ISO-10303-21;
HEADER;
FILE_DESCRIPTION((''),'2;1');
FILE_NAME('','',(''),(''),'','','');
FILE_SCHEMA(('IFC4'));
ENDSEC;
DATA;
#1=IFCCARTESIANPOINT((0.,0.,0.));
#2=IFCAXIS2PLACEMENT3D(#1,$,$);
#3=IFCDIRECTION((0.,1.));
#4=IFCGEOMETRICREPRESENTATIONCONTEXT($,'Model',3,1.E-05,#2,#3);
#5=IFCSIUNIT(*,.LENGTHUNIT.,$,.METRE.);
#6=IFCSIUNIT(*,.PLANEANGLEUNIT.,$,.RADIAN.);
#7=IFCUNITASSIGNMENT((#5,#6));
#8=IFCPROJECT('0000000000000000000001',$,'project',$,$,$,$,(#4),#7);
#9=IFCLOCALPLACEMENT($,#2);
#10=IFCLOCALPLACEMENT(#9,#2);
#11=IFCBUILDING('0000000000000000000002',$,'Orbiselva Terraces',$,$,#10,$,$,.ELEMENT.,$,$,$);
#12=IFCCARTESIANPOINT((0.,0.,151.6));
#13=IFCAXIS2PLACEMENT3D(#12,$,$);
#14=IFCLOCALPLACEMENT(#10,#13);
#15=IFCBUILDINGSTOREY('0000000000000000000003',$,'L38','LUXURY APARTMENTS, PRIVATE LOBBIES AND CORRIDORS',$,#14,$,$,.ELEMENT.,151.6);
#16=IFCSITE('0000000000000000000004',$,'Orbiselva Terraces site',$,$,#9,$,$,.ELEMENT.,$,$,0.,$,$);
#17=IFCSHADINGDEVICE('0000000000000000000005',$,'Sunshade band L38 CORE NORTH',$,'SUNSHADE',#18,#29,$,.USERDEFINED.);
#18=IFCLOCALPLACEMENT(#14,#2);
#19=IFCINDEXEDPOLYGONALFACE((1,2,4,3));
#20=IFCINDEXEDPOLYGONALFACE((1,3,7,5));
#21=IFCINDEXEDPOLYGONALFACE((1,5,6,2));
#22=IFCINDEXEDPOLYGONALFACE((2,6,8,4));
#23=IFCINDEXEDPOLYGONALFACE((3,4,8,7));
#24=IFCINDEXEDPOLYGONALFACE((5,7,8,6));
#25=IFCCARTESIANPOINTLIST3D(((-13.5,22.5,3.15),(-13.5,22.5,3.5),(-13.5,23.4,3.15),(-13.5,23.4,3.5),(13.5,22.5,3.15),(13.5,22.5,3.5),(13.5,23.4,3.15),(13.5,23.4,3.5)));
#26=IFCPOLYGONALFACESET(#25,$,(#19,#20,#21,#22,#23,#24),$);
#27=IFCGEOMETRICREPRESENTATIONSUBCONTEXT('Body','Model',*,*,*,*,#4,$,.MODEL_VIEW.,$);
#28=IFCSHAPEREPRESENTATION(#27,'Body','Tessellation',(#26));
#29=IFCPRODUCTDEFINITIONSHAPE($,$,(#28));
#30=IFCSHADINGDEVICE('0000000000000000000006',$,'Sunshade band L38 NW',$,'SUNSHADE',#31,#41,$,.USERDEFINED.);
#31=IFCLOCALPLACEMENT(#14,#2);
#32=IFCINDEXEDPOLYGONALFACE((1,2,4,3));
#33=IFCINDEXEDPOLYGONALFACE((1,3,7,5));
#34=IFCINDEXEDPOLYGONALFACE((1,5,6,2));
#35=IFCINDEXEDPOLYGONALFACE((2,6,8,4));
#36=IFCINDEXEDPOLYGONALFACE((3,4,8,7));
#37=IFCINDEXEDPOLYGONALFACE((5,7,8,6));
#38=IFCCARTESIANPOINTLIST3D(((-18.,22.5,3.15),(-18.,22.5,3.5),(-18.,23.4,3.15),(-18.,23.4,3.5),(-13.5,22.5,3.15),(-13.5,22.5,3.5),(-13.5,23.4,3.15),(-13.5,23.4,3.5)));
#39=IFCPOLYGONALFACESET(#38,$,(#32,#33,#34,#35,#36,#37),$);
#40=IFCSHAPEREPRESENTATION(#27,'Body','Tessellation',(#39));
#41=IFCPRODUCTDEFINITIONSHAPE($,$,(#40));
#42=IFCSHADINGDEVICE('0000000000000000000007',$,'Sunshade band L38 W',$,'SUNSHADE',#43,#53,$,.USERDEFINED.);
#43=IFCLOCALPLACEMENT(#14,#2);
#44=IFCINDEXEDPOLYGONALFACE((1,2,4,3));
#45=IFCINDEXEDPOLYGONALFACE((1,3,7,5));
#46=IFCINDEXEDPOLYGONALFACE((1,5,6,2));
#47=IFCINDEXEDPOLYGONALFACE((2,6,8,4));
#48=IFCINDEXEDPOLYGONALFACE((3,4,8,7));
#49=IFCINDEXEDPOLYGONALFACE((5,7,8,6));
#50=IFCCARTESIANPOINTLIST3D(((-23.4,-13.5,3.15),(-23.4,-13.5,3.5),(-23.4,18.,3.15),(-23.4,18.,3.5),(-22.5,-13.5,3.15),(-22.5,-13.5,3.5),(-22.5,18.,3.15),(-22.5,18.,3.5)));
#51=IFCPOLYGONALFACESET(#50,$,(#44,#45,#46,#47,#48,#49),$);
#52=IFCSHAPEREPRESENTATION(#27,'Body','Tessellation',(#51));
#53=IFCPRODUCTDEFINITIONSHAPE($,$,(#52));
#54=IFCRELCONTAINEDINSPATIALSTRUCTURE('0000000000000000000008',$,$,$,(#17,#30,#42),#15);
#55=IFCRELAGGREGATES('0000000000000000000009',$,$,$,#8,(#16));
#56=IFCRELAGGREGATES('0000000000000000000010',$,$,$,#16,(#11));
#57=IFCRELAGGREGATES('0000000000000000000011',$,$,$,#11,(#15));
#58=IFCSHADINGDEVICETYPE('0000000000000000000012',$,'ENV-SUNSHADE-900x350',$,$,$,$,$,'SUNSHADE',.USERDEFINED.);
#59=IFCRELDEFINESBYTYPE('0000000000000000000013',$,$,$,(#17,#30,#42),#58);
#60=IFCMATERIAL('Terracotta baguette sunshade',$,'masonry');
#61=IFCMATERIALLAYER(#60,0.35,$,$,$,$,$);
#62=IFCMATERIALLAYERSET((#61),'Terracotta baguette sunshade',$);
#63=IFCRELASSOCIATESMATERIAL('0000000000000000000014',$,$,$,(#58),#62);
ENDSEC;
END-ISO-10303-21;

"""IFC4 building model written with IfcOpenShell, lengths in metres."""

from ifc_helpers import new_model, si_unit, direction, frame, origin, place, context, subcontext, project, spatial, polyline, outline, extrude, material, layer, layer_set, type_object, element, save


model = new_model("IFC4")

# Units and contexts
model_context = context("Model", 3, precision=1e-05, world=origin(), true_north=direction((0.0, 1.0)))
body_context = subcontext(model_context, "Body", "Model", "MODEL_VIEW")
ifc_project = project(units=[si_unit("LENGTHUNIT", "METRE"), si_unit("PLANEANGLEUNIT", "RADIAN")], contexts=[model_context])

# Site, building, storey
site_placement = place(None, origin())
site = spatial("IfcSite", under=ifc_project, at=site_placement, Name="Orbiselva Terraces site", CompositionType="ELEMENT", RefElevation=0.0)
building_placement = place(site_placement, origin())
building = spatial("IfcBuilding", under=site, at=building_placement, Name="Orbiselva Terraces", CompositionType="ELEMENT")
storey_placement = place(building_placement, frame((0.0, 0.0, 151.6)))
storey = spatial("IfcBuildingStorey", under=building, at=storey_placement, Name="L38", Description="LUXURY APARTMENTS, PRIVATE LOBBIES AND CORRIDORS", CompositionType="ELEMENT", Elevation=151.6)

# Shading devices
ifc_material_1 = material(Name="Terracotta baguette sunshade", Category="masonry")
ifc_layer_1 = layer(ifc_material_1, 0.35)
ifc_layer_set_1 = layer_set([ifc_layer_1], Name="Terracotta baguette sunshade")
shading_device_type_1 = type_object("IfcShadingDeviceType", Name="ENV-SUNSHADE-900x350", ElementType="SUNSHADE", PredefinedType="USERDEFINED", material=ifc_layer_set_1)
shading_device_1_placement = place(storey_placement, frame((0.0, 0.0, 3.15)))
element("IfcShadingDevice", 1, at=shading_device_1_placement, inside=storey, type_object=shading_device_type_1, Name="Sunshade band L38 CORE NORTH", ObjectType="SUNSHADE", PredefinedType="USERDEFINED", context=body_context, shape_type="SweptSolid", body=[
    extrude(outline(polyline([(13.5, 23.4), (-13.5, 23.4), (-13.5, 22.5), (13.5, 22.5), (13.5, 23.4)])), origin(), (0.0, 0.0, 1.0), 0.35),
])
shading_device_2_placement = place(storey_placement, frame((0.0, 0.0, 3.15)))
element("IfcShadingDevice", 2, at=shading_device_2_placement, inside=storey, type_object=shading_device_type_1, Name="Sunshade band L38 NW", ObjectType="SUNSHADE", PredefinedType="USERDEFINED", context=body_context, shape_type="SweptSolid", body=[
    extrude(outline(polyline([(-13.5, 23.4), (-18.0, 23.4), (-18.0, 22.5), (-13.5, 22.5), (-13.5, 23.4)])), origin(), (0.0, 0.0, 1.0), 0.35),
])
shading_device_3_placement = place(storey_placement, frame((0.0, 0.0, 3.15)))
element("IfcShadingDevice", 3, at=shading_device_3_placement, inside=storey, type_object=shading_device_type_1, Name="Sunshade band L38 W", ObjectType="SUNSHADE", PredefinedType="USERDEFINED", context=body_context, shape_type="SweptSolid", body=[
    extrude(outline(polyline([(-23.4, 18.0), (-23.4, -13.5), (-22.5, -13.5), (-22.5, 18.0), (-23.4, 18.0)])), origin(), (0.0, 0.0, 1.0), 0.35),
])

save(model, "model.ifc")
